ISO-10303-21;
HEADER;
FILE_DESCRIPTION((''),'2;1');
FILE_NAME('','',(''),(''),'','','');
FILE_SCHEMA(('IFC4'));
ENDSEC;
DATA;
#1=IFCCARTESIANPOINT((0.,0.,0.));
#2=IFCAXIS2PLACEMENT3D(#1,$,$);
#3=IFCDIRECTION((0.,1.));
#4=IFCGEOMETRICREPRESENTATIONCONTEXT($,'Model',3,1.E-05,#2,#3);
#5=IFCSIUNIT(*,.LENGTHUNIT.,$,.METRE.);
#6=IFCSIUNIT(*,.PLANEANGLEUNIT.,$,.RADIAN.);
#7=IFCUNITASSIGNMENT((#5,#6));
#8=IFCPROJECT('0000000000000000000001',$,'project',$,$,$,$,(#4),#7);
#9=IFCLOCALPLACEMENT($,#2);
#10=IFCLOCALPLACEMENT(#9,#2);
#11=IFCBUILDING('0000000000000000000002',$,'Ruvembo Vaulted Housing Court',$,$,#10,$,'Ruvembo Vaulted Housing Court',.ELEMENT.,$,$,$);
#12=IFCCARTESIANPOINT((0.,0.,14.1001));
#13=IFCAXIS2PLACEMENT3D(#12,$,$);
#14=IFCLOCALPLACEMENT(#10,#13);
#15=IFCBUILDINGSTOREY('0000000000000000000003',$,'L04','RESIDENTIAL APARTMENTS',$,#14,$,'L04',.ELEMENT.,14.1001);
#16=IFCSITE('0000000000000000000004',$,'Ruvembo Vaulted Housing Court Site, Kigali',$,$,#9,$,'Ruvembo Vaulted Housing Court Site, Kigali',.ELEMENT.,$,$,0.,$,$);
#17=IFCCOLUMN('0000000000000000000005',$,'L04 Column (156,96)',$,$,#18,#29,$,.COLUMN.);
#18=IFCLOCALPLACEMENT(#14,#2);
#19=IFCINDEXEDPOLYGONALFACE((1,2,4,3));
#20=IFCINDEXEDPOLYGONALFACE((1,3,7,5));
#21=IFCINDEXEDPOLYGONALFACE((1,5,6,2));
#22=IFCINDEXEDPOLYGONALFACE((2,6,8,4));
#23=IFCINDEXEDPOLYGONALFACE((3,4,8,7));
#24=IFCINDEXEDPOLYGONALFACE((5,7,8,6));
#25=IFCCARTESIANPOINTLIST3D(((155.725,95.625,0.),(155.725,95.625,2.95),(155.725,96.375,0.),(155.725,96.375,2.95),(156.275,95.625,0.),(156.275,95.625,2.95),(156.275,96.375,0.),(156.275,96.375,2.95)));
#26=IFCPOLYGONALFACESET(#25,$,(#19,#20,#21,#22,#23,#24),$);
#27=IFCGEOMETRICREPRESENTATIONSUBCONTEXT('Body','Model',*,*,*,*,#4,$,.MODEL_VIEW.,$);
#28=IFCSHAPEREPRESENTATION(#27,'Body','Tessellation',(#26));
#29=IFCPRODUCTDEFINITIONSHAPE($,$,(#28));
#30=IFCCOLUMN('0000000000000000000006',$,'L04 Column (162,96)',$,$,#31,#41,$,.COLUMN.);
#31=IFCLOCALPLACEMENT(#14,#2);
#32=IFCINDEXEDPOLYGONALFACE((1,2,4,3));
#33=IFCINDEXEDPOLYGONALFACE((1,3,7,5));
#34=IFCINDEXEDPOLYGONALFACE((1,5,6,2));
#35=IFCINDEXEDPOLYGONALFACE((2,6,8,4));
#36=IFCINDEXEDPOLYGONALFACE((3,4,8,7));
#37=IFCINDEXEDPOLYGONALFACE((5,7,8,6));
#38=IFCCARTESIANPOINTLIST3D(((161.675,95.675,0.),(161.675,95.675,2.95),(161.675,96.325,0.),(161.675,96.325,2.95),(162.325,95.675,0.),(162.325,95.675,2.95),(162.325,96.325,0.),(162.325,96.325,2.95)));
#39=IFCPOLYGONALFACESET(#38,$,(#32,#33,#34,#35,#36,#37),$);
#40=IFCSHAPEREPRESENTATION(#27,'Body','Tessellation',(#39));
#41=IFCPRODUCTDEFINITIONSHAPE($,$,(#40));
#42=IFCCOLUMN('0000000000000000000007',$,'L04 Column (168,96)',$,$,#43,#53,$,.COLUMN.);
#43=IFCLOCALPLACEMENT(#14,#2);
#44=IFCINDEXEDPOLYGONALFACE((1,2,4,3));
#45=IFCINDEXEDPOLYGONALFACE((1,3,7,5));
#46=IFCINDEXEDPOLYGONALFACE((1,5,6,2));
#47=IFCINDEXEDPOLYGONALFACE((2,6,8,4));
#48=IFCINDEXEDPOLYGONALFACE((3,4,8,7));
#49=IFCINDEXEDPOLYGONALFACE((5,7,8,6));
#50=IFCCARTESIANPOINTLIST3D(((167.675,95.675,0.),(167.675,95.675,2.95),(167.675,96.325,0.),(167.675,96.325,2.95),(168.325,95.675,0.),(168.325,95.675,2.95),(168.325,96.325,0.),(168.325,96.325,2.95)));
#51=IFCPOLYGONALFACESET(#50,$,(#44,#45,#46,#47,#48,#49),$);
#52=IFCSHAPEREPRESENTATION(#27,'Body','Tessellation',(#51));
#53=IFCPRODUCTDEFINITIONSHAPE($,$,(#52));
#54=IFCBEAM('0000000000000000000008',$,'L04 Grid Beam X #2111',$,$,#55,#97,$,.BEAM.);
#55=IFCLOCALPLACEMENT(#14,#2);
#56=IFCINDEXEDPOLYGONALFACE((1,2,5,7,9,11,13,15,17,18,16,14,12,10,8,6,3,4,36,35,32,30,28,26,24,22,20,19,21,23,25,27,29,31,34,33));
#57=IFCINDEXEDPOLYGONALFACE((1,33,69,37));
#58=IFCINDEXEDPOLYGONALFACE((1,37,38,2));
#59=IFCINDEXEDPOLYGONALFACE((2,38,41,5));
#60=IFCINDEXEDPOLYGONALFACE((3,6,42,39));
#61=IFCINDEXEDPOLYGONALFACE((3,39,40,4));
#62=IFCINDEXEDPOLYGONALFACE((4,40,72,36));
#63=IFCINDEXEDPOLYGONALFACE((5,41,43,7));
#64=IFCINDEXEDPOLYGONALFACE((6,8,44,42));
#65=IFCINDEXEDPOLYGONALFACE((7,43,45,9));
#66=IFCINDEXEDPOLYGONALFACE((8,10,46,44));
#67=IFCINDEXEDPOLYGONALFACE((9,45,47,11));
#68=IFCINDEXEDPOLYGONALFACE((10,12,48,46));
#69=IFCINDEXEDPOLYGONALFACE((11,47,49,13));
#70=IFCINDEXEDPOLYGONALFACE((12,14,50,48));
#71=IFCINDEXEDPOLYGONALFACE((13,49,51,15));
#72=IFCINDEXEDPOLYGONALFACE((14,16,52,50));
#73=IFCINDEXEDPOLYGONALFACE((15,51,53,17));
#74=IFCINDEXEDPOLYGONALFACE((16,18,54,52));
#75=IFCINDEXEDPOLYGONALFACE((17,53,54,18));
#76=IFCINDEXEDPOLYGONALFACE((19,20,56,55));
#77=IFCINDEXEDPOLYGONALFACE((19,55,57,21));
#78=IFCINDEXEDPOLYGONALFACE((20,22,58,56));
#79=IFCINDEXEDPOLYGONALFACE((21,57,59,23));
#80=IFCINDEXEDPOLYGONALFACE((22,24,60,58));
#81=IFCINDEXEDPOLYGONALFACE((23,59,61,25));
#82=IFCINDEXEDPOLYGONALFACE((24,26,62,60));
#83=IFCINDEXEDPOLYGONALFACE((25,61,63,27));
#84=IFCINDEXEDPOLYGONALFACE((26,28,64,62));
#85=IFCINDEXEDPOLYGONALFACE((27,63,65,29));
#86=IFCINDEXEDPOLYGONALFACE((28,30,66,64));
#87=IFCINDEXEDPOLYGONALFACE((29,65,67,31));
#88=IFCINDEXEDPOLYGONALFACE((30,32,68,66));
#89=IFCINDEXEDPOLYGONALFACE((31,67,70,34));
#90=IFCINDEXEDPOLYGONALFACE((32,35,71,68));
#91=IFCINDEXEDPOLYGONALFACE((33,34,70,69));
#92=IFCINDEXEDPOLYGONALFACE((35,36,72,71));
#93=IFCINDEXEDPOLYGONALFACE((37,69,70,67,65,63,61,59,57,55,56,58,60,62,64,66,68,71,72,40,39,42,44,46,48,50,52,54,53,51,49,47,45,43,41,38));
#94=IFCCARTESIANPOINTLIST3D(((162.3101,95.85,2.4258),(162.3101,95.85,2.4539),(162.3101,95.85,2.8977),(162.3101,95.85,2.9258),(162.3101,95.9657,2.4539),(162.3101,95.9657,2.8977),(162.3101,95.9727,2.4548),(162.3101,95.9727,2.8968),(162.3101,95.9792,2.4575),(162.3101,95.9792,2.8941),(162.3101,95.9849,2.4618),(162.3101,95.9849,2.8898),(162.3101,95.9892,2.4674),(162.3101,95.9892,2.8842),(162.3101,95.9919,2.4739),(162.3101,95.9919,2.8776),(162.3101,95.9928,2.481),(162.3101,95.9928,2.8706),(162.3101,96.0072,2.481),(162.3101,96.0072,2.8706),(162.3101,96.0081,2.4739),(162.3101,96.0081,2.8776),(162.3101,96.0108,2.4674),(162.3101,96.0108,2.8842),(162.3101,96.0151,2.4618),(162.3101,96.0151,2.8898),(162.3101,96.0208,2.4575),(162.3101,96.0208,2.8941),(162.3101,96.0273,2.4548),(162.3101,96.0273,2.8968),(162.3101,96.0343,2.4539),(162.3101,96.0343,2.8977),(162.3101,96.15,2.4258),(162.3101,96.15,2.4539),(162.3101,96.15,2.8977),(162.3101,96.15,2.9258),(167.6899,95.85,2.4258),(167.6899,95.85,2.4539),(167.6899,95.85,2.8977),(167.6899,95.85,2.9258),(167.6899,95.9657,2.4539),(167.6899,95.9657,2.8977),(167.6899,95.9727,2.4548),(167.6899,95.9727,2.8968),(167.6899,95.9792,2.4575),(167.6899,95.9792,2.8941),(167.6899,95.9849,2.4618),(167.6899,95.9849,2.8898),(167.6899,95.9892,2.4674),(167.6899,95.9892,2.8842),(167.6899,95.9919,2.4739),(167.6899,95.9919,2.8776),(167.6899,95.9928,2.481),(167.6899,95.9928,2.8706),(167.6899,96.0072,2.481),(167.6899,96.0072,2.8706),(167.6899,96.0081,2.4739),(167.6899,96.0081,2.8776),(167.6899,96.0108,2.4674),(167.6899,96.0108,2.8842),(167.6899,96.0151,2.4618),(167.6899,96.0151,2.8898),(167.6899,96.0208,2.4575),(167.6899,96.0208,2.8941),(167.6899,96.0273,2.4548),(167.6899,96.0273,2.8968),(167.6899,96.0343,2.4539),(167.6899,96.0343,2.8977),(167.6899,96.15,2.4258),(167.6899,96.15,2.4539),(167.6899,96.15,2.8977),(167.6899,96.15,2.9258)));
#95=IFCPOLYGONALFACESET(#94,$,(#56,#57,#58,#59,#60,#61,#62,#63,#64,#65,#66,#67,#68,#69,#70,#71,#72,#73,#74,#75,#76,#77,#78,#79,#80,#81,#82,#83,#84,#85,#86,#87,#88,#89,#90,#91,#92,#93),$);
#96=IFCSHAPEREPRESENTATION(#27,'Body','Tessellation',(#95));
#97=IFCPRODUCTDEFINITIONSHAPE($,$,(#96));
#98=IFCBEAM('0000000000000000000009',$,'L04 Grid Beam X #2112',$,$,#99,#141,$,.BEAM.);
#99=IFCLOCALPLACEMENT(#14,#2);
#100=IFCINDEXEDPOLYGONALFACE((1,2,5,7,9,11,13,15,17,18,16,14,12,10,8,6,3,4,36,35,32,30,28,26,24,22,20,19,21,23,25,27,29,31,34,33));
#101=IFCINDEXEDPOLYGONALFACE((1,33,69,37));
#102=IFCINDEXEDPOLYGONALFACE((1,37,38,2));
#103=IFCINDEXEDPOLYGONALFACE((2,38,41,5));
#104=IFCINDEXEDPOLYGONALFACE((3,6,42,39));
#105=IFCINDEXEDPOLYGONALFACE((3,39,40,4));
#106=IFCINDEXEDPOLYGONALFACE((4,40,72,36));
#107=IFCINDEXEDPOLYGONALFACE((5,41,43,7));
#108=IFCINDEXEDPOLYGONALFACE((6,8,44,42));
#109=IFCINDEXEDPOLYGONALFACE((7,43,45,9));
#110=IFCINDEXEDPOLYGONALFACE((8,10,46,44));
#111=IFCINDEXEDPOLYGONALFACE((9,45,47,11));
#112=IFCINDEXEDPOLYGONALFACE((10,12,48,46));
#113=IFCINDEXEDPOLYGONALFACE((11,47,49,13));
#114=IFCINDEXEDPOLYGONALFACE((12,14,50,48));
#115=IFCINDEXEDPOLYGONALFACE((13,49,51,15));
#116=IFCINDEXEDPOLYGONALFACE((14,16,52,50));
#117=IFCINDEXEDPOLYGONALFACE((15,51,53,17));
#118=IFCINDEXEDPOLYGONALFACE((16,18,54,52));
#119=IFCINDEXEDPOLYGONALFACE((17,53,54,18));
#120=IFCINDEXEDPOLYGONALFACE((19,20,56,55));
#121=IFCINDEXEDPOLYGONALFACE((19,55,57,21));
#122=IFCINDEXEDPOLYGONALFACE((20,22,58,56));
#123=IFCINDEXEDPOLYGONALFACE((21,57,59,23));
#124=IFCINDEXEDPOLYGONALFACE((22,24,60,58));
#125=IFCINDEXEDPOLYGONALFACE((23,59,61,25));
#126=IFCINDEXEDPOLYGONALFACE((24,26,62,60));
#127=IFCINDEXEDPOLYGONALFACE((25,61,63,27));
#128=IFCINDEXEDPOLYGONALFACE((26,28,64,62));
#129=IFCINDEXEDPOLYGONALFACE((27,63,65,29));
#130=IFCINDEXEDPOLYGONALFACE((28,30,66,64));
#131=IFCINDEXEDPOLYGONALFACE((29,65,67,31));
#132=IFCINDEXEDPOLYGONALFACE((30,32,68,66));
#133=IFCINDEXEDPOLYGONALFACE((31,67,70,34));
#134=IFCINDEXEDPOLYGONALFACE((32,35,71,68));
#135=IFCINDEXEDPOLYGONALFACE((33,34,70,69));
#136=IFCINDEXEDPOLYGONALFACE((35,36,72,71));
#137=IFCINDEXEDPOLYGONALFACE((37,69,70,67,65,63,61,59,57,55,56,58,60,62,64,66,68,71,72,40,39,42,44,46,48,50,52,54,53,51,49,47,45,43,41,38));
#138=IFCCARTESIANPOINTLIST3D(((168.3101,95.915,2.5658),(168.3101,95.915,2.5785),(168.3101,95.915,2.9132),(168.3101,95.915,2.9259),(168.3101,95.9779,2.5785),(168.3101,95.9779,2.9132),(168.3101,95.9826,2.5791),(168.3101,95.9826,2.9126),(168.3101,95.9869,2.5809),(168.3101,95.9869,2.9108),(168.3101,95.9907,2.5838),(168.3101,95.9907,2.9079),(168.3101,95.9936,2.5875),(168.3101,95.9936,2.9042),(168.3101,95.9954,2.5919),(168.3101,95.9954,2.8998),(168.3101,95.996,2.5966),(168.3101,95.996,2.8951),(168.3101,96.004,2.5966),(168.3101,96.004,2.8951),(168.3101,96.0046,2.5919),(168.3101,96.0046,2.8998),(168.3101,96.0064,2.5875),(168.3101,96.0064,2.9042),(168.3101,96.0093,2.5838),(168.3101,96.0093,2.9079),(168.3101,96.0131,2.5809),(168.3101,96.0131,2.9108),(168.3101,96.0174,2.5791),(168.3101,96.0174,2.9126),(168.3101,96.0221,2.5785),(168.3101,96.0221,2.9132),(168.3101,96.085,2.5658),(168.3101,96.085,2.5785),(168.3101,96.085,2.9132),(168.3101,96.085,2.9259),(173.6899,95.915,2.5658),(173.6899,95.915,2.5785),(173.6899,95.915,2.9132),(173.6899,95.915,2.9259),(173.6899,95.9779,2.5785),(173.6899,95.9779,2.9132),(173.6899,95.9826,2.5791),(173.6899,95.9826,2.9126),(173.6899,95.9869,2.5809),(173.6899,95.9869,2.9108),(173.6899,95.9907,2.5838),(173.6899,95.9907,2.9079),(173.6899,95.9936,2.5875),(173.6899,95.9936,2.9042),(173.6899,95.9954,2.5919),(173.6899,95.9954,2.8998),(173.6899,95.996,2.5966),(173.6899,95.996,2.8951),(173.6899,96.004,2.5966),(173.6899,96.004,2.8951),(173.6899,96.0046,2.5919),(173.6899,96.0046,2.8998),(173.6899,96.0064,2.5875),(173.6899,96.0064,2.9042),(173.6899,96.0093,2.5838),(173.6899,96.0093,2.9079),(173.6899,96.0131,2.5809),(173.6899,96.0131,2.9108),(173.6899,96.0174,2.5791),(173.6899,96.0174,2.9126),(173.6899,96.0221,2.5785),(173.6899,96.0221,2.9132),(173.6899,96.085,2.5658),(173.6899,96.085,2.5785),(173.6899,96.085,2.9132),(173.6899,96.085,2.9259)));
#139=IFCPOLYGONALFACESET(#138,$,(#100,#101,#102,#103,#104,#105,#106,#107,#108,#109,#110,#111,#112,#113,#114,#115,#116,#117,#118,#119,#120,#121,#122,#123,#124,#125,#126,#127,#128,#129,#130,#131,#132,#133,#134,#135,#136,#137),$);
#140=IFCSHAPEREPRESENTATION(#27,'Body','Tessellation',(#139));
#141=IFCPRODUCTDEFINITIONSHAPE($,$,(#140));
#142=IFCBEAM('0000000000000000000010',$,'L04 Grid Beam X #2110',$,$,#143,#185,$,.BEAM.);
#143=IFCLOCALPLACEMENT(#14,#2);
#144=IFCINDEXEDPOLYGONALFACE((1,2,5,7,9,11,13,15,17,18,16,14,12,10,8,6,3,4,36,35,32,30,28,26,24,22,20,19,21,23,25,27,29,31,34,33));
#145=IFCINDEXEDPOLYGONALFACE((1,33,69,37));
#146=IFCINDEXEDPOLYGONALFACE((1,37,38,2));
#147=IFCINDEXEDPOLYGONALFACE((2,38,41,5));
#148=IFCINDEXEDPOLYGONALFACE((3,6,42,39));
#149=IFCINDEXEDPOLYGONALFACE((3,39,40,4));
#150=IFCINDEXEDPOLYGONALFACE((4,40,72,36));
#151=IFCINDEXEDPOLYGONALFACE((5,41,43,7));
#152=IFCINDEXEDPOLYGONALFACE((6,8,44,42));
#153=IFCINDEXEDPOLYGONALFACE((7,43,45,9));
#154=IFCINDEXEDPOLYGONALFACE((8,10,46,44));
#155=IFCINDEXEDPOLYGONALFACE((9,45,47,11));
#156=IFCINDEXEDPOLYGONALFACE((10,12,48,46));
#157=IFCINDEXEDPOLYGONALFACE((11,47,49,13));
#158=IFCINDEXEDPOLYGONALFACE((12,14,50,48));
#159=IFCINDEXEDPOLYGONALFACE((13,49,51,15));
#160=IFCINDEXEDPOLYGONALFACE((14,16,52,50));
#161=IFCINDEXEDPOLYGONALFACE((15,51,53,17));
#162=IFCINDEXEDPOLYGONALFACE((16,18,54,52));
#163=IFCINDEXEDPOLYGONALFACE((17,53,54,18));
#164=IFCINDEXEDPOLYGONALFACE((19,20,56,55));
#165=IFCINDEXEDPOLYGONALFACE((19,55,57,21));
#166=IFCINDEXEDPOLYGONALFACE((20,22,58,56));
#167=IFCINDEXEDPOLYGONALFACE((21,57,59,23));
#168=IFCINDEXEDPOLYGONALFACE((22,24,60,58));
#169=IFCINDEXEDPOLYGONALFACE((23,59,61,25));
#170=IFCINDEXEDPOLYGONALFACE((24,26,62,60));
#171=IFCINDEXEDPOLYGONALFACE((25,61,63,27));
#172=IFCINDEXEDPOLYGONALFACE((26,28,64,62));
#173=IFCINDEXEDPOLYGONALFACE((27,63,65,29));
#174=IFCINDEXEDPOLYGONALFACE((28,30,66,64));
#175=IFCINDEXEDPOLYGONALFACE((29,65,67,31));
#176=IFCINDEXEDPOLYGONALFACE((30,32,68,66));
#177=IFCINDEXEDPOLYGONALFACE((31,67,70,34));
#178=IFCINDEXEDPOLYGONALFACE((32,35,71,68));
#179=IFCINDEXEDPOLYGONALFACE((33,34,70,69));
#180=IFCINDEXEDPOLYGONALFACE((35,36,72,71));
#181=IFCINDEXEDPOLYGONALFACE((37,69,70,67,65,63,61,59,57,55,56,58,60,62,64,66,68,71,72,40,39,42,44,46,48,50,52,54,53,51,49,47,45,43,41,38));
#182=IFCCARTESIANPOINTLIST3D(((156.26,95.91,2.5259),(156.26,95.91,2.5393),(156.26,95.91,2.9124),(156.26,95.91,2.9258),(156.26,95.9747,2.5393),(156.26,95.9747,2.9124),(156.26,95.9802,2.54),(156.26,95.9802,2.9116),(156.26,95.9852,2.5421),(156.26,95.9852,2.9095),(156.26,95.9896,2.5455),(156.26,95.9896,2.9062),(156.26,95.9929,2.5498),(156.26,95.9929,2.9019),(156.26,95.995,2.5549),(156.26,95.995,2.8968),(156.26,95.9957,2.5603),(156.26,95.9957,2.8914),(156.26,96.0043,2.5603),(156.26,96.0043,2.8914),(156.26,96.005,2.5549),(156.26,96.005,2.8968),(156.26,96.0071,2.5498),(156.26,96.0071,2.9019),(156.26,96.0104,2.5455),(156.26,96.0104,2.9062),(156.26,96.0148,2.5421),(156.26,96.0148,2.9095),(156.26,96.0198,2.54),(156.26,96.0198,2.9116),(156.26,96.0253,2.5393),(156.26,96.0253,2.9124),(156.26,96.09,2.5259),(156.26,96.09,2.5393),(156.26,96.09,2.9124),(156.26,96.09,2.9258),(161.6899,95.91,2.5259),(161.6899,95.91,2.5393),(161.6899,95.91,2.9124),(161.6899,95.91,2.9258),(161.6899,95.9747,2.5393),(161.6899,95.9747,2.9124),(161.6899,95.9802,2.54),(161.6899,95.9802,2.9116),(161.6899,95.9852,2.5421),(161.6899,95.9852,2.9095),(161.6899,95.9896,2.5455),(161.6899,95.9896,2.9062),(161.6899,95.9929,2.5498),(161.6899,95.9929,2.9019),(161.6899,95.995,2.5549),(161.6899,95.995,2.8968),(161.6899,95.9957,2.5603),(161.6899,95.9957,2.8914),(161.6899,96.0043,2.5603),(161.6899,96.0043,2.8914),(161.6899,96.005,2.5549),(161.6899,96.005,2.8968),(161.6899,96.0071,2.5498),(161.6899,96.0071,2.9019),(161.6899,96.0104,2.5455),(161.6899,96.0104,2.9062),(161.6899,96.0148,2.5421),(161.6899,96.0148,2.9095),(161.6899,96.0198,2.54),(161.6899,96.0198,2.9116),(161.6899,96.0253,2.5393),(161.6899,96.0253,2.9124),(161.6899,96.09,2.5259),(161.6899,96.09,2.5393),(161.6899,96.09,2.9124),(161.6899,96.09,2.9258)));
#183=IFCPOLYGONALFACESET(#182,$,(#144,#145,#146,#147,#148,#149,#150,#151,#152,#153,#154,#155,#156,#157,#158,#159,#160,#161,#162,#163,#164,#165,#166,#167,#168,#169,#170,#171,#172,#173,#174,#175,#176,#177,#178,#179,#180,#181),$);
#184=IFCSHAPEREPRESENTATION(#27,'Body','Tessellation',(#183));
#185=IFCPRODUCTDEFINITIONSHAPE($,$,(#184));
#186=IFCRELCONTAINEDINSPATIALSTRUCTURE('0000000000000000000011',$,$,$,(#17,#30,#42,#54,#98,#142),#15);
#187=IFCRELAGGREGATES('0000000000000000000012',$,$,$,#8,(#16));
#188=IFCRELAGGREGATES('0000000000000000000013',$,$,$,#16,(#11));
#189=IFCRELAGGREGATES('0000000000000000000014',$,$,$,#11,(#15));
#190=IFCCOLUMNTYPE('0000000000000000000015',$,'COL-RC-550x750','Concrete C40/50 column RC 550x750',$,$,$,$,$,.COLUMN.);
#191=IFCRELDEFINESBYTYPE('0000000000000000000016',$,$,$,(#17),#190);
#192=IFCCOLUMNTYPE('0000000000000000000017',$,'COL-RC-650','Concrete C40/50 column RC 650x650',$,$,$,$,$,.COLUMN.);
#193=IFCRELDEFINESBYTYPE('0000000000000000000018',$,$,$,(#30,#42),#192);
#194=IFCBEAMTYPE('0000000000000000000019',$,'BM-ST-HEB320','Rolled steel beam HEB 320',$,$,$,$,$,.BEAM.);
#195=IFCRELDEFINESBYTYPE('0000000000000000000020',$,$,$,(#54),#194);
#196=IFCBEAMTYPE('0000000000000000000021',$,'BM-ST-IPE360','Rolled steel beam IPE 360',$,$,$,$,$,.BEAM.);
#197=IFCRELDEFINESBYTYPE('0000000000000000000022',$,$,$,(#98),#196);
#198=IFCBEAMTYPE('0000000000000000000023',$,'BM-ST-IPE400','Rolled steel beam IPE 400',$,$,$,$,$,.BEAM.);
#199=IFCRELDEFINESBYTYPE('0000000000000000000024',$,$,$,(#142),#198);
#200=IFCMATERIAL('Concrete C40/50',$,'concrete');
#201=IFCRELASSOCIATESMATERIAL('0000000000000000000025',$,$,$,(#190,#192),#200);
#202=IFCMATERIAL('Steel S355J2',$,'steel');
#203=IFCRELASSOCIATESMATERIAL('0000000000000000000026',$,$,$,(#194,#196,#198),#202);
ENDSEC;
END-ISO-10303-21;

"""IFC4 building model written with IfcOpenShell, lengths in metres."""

from ifc_helpers import new_model, si_unit, direction, frame, origin, origin_2d, place, context, subcontext, project, spatial, rectangle, i_section, extrude, material, material_profile, profile_set, type_object, element, save


model = new_model("IFC4")

# Units and contexts
model_context = context("Model", 3, precision=1e-05, world=origin(), true_north=direction((0.0, 1.0)))
body_context = subcontext(model_context, "Body", "Model", "MODEL_VIEW")
ifc_project = project(units=[si_unit("LENGTHUNIT", "METRE"), si_unit("PLANEANGLEUNIT", "RADIAN")], contexts=[model_context])

# Site, building, storey
site_placement = place(None, origin())
site = spatial("IfcSite", under=ifc_project, at=site_placement, Name="Ruvembo Vaulted Housing Court Site, Kigali", LongName="Ruvembo Vaulted Housing Court Site, Kigali", CompositionType="ELEMENT", RefElevation=0.0)
building_placement = place(site_placement, origin())
building = spatial("IfcBuilding", under=site, at=building_placement, Name="Ruvembo Vaulted Housing Court", LongName="Ruvembo Vaulted Housing Court", CompositionType="ELEMENT")
storey_placement = place(building_placement, frame((0.0, 0.0, 14.1001)))
storey = spatial("IfcBuildingStorey", under=building, at=storey_placement, Name="L04", Description="RESIDENTIAL APARTMENTS", LongName="L04", CompositionType="ELEMENT", Elevation=14.1001)

# Columns
ifc_material_1 = material(Name="Concrete C40/50", Category="concrete")
ifc_material_profile_1 = material_profile(ifc_material_1, rectangle(XDim=0.55, YDim=0.75, at=origin_2d()), Name="RC 550x750")
ifc_profile_set_1 = profile_set([ifc_material_profile_1], Name="Concrete C40/50")
column_type_1 = type_object("IfcColumnType", Name="COL-RC-550x750", Description="Concrete C40/50 column RC 550x750", PredefinedType="COLUMN", material=ifc_profile_set_1)
column_placement = place(storey_placement, frame((156.0, 96.0, 0.0), z_axis=(0.0, 0.0, 1.0), x_axis=(1.0, 0.0, 0.0)))
element("IfcColumn", 1, at=column_placement, inside=storey, type_object=column_type_1, Name="L04 Column (156,96)", PredefinedType="COLUMN", context=body_context, shape_type="SweptSolid", body=[
    extrude(rectangle(XDim=0.55, YDim=0.75, at=origin_2d()), origin(), (0.0, 0.0, 1.0), 2.95),
])
ifc_material_profile_2 = material_profile(ifc_material_1, rectangle(XDim=0.6499, YDim=0.6499, at=origin_2d()), Name="RC 650x650")
ifc_profile_set_2 = profile_set([ifc_material_profile_2], Name="Concrete C40/50")
column_type_2 = type_object("IfcColumnType", Name="COL-RC-650", Description="Concrete C40/50 column RC 650x650", PredefinedType="COLUMN", material=ifc_profile_set_2)
for number, where, z_axis, x_axis, name in (
    (2, (162.0, 96.0, 0.0), (0.0, 0.0, 1.0), (1.0, 0.0, 0.0), "L04 Column (162,96)"),
    (3, (168.0, 96.0, 0.0), (0.0, 0.0, 1.0), (1.0, 0.0, 0.0), "L04 Column (168,96)"),
):
    element("IfcColumn", number, at=place(storey_placement, frame(where, z_axis=z_axis, x_axis=x_axis)), inside=storey, type_object=column_type_2, Name=name, PredefinedType="COLUMN", context=body_context, shape_type="SweptSolid", body=[
        extrude(rectangle(XDim=0.6499, YDim=0.6499, at=origin_2d()), origin(), (0.0, 0.0, 1.0), 2.95),
    ])

# Beams
ifc_material_2 = material(Name="Steel S355J2", Category="steel")
ifc_material_profile_3 = material_profile(ifc_material_2, i_section(OverallWidth=0.3, OverallDepth=0.5, WebThickness=0.0144, FlangeThickness=0.0281, FilletRadius=0.0271, at=origin_2d()), Name="HEB 320")
ifc_profile_set_3 = profile_set([ifc_material_profile_3], Name="Steel S355J2")
beam_type_1 = type_object("IfcBeamType", Name="BM-ST-HEB320", Description="Rolled steel beam HEB 320", PredefinedType="BEAM", material=ifc_profile_set_3)
beam_1_placement = place(storey_placement, frame((162.3101, 96.0, 2.6758), z_axis=(1.0, 0.0, 0.0), x_axis=(0.0, 1.0, 0.0)))
element("IfcBeam", 4, at=beam_1_placement, inside=storey, type_object=beam_type_1, Name="L04 Grid Beam X #2111", PredefinedType="BEAM", context=body_context, shape_type="SweptSolid", body=[
    extrude(i_section(OverallWidth=0.3, OverallDepth=0.5, WebThickness=0.0144, FlangeThickness=0.0281, FilletRadius=0.0271, at=origin_2d()), origin(), (0.0, 0.0, 1.0), 5.3799),
])
ifc_material_profile_4 = material_profile(ifc_material_2, i_section(OverallWidth=0.1699, OverallDepth=0.3601, WebThickness=0.0081, FlangeThickness=0.0127, FilletRadius=0.0181, at=origin_2d()), Name="IPE 360")
ifc_profile_set_4 = profile_set([ifc_material_profile_4], Name="Steel S355J2")
beam_type_2 = type_object("IfcBeamType", Name="BM-ST-IPE360", Description="Rolled steel beam IPE 360", PredefinedType="BEAM", material=ifc_profile_set_4)
beam_2_placement = place(storey_placement, frame((168.3101, 96.0, 2.7458), z_axis=(1.0, 0.0, 0.0), x_axis=(0.0, 1.0, 0.0)))
element("IfcBeam", 5, at=beam_2_placement, inside=storey, type_object=beam_type_2, Name="L04 Grid Beam X #2112", PredefinedType="BEAM", context=body_context, shape_type="SweptSolid", body=[
    extrude(i_section(OverallWidth=0.1699, OverallDepth=0.3601, WebThickness=0.0081, FlangeThickness=0.0127, FilletRadius=0.0181, at=origin_2d()), origin(), (0.0, 0.0, 1.0), 5.3799),
])
ifc_material_profile_5 = material_profile(ifc_material_2, i_section(OverallWidth=0.1799, OverallDepth=0.3999, WebThickness=0.0085, FlangeThickness=0.0134, FilletRadius=0.021, at=origin_2d()), Name="IPE 400")
ifc_profile_set_5 = profile_set([ifc_material_profile_5], Name="Steel S355J2")
beam_type_3 = type_object("IfcBeamType", Name="BM-ST-IPE400", Description="Rolled steel beam IPE 400", PredefinedType="BEAM", material=ifc_profile_set_5)
beam_3_placement = place(storey_placement, frame((156.26, 96.0, 2.7258), z_axis=(1.0, 0.0, 0.0), x_axis=(0.0, 1.0, 0.0)))
element("IfcBeam", 6, at=beam_3_placement, inside=storey, type_object=beam_type_3, Name="L04 Grid Beam X #2110", PredefinedType="BEAM", context=body_context, shape_type="SweptSolid", body=[
    extrude(i_section(OverallWidth=0.1799, OverallDepth=0.3999, WebThickness=0.0085, FlangeThickness=0.0134, FilletRadius=0.021, at=origin_2d()), origin(), (0.0, 0.0, 1.0), 5.4299),
])

save(model, "model.ifc")
